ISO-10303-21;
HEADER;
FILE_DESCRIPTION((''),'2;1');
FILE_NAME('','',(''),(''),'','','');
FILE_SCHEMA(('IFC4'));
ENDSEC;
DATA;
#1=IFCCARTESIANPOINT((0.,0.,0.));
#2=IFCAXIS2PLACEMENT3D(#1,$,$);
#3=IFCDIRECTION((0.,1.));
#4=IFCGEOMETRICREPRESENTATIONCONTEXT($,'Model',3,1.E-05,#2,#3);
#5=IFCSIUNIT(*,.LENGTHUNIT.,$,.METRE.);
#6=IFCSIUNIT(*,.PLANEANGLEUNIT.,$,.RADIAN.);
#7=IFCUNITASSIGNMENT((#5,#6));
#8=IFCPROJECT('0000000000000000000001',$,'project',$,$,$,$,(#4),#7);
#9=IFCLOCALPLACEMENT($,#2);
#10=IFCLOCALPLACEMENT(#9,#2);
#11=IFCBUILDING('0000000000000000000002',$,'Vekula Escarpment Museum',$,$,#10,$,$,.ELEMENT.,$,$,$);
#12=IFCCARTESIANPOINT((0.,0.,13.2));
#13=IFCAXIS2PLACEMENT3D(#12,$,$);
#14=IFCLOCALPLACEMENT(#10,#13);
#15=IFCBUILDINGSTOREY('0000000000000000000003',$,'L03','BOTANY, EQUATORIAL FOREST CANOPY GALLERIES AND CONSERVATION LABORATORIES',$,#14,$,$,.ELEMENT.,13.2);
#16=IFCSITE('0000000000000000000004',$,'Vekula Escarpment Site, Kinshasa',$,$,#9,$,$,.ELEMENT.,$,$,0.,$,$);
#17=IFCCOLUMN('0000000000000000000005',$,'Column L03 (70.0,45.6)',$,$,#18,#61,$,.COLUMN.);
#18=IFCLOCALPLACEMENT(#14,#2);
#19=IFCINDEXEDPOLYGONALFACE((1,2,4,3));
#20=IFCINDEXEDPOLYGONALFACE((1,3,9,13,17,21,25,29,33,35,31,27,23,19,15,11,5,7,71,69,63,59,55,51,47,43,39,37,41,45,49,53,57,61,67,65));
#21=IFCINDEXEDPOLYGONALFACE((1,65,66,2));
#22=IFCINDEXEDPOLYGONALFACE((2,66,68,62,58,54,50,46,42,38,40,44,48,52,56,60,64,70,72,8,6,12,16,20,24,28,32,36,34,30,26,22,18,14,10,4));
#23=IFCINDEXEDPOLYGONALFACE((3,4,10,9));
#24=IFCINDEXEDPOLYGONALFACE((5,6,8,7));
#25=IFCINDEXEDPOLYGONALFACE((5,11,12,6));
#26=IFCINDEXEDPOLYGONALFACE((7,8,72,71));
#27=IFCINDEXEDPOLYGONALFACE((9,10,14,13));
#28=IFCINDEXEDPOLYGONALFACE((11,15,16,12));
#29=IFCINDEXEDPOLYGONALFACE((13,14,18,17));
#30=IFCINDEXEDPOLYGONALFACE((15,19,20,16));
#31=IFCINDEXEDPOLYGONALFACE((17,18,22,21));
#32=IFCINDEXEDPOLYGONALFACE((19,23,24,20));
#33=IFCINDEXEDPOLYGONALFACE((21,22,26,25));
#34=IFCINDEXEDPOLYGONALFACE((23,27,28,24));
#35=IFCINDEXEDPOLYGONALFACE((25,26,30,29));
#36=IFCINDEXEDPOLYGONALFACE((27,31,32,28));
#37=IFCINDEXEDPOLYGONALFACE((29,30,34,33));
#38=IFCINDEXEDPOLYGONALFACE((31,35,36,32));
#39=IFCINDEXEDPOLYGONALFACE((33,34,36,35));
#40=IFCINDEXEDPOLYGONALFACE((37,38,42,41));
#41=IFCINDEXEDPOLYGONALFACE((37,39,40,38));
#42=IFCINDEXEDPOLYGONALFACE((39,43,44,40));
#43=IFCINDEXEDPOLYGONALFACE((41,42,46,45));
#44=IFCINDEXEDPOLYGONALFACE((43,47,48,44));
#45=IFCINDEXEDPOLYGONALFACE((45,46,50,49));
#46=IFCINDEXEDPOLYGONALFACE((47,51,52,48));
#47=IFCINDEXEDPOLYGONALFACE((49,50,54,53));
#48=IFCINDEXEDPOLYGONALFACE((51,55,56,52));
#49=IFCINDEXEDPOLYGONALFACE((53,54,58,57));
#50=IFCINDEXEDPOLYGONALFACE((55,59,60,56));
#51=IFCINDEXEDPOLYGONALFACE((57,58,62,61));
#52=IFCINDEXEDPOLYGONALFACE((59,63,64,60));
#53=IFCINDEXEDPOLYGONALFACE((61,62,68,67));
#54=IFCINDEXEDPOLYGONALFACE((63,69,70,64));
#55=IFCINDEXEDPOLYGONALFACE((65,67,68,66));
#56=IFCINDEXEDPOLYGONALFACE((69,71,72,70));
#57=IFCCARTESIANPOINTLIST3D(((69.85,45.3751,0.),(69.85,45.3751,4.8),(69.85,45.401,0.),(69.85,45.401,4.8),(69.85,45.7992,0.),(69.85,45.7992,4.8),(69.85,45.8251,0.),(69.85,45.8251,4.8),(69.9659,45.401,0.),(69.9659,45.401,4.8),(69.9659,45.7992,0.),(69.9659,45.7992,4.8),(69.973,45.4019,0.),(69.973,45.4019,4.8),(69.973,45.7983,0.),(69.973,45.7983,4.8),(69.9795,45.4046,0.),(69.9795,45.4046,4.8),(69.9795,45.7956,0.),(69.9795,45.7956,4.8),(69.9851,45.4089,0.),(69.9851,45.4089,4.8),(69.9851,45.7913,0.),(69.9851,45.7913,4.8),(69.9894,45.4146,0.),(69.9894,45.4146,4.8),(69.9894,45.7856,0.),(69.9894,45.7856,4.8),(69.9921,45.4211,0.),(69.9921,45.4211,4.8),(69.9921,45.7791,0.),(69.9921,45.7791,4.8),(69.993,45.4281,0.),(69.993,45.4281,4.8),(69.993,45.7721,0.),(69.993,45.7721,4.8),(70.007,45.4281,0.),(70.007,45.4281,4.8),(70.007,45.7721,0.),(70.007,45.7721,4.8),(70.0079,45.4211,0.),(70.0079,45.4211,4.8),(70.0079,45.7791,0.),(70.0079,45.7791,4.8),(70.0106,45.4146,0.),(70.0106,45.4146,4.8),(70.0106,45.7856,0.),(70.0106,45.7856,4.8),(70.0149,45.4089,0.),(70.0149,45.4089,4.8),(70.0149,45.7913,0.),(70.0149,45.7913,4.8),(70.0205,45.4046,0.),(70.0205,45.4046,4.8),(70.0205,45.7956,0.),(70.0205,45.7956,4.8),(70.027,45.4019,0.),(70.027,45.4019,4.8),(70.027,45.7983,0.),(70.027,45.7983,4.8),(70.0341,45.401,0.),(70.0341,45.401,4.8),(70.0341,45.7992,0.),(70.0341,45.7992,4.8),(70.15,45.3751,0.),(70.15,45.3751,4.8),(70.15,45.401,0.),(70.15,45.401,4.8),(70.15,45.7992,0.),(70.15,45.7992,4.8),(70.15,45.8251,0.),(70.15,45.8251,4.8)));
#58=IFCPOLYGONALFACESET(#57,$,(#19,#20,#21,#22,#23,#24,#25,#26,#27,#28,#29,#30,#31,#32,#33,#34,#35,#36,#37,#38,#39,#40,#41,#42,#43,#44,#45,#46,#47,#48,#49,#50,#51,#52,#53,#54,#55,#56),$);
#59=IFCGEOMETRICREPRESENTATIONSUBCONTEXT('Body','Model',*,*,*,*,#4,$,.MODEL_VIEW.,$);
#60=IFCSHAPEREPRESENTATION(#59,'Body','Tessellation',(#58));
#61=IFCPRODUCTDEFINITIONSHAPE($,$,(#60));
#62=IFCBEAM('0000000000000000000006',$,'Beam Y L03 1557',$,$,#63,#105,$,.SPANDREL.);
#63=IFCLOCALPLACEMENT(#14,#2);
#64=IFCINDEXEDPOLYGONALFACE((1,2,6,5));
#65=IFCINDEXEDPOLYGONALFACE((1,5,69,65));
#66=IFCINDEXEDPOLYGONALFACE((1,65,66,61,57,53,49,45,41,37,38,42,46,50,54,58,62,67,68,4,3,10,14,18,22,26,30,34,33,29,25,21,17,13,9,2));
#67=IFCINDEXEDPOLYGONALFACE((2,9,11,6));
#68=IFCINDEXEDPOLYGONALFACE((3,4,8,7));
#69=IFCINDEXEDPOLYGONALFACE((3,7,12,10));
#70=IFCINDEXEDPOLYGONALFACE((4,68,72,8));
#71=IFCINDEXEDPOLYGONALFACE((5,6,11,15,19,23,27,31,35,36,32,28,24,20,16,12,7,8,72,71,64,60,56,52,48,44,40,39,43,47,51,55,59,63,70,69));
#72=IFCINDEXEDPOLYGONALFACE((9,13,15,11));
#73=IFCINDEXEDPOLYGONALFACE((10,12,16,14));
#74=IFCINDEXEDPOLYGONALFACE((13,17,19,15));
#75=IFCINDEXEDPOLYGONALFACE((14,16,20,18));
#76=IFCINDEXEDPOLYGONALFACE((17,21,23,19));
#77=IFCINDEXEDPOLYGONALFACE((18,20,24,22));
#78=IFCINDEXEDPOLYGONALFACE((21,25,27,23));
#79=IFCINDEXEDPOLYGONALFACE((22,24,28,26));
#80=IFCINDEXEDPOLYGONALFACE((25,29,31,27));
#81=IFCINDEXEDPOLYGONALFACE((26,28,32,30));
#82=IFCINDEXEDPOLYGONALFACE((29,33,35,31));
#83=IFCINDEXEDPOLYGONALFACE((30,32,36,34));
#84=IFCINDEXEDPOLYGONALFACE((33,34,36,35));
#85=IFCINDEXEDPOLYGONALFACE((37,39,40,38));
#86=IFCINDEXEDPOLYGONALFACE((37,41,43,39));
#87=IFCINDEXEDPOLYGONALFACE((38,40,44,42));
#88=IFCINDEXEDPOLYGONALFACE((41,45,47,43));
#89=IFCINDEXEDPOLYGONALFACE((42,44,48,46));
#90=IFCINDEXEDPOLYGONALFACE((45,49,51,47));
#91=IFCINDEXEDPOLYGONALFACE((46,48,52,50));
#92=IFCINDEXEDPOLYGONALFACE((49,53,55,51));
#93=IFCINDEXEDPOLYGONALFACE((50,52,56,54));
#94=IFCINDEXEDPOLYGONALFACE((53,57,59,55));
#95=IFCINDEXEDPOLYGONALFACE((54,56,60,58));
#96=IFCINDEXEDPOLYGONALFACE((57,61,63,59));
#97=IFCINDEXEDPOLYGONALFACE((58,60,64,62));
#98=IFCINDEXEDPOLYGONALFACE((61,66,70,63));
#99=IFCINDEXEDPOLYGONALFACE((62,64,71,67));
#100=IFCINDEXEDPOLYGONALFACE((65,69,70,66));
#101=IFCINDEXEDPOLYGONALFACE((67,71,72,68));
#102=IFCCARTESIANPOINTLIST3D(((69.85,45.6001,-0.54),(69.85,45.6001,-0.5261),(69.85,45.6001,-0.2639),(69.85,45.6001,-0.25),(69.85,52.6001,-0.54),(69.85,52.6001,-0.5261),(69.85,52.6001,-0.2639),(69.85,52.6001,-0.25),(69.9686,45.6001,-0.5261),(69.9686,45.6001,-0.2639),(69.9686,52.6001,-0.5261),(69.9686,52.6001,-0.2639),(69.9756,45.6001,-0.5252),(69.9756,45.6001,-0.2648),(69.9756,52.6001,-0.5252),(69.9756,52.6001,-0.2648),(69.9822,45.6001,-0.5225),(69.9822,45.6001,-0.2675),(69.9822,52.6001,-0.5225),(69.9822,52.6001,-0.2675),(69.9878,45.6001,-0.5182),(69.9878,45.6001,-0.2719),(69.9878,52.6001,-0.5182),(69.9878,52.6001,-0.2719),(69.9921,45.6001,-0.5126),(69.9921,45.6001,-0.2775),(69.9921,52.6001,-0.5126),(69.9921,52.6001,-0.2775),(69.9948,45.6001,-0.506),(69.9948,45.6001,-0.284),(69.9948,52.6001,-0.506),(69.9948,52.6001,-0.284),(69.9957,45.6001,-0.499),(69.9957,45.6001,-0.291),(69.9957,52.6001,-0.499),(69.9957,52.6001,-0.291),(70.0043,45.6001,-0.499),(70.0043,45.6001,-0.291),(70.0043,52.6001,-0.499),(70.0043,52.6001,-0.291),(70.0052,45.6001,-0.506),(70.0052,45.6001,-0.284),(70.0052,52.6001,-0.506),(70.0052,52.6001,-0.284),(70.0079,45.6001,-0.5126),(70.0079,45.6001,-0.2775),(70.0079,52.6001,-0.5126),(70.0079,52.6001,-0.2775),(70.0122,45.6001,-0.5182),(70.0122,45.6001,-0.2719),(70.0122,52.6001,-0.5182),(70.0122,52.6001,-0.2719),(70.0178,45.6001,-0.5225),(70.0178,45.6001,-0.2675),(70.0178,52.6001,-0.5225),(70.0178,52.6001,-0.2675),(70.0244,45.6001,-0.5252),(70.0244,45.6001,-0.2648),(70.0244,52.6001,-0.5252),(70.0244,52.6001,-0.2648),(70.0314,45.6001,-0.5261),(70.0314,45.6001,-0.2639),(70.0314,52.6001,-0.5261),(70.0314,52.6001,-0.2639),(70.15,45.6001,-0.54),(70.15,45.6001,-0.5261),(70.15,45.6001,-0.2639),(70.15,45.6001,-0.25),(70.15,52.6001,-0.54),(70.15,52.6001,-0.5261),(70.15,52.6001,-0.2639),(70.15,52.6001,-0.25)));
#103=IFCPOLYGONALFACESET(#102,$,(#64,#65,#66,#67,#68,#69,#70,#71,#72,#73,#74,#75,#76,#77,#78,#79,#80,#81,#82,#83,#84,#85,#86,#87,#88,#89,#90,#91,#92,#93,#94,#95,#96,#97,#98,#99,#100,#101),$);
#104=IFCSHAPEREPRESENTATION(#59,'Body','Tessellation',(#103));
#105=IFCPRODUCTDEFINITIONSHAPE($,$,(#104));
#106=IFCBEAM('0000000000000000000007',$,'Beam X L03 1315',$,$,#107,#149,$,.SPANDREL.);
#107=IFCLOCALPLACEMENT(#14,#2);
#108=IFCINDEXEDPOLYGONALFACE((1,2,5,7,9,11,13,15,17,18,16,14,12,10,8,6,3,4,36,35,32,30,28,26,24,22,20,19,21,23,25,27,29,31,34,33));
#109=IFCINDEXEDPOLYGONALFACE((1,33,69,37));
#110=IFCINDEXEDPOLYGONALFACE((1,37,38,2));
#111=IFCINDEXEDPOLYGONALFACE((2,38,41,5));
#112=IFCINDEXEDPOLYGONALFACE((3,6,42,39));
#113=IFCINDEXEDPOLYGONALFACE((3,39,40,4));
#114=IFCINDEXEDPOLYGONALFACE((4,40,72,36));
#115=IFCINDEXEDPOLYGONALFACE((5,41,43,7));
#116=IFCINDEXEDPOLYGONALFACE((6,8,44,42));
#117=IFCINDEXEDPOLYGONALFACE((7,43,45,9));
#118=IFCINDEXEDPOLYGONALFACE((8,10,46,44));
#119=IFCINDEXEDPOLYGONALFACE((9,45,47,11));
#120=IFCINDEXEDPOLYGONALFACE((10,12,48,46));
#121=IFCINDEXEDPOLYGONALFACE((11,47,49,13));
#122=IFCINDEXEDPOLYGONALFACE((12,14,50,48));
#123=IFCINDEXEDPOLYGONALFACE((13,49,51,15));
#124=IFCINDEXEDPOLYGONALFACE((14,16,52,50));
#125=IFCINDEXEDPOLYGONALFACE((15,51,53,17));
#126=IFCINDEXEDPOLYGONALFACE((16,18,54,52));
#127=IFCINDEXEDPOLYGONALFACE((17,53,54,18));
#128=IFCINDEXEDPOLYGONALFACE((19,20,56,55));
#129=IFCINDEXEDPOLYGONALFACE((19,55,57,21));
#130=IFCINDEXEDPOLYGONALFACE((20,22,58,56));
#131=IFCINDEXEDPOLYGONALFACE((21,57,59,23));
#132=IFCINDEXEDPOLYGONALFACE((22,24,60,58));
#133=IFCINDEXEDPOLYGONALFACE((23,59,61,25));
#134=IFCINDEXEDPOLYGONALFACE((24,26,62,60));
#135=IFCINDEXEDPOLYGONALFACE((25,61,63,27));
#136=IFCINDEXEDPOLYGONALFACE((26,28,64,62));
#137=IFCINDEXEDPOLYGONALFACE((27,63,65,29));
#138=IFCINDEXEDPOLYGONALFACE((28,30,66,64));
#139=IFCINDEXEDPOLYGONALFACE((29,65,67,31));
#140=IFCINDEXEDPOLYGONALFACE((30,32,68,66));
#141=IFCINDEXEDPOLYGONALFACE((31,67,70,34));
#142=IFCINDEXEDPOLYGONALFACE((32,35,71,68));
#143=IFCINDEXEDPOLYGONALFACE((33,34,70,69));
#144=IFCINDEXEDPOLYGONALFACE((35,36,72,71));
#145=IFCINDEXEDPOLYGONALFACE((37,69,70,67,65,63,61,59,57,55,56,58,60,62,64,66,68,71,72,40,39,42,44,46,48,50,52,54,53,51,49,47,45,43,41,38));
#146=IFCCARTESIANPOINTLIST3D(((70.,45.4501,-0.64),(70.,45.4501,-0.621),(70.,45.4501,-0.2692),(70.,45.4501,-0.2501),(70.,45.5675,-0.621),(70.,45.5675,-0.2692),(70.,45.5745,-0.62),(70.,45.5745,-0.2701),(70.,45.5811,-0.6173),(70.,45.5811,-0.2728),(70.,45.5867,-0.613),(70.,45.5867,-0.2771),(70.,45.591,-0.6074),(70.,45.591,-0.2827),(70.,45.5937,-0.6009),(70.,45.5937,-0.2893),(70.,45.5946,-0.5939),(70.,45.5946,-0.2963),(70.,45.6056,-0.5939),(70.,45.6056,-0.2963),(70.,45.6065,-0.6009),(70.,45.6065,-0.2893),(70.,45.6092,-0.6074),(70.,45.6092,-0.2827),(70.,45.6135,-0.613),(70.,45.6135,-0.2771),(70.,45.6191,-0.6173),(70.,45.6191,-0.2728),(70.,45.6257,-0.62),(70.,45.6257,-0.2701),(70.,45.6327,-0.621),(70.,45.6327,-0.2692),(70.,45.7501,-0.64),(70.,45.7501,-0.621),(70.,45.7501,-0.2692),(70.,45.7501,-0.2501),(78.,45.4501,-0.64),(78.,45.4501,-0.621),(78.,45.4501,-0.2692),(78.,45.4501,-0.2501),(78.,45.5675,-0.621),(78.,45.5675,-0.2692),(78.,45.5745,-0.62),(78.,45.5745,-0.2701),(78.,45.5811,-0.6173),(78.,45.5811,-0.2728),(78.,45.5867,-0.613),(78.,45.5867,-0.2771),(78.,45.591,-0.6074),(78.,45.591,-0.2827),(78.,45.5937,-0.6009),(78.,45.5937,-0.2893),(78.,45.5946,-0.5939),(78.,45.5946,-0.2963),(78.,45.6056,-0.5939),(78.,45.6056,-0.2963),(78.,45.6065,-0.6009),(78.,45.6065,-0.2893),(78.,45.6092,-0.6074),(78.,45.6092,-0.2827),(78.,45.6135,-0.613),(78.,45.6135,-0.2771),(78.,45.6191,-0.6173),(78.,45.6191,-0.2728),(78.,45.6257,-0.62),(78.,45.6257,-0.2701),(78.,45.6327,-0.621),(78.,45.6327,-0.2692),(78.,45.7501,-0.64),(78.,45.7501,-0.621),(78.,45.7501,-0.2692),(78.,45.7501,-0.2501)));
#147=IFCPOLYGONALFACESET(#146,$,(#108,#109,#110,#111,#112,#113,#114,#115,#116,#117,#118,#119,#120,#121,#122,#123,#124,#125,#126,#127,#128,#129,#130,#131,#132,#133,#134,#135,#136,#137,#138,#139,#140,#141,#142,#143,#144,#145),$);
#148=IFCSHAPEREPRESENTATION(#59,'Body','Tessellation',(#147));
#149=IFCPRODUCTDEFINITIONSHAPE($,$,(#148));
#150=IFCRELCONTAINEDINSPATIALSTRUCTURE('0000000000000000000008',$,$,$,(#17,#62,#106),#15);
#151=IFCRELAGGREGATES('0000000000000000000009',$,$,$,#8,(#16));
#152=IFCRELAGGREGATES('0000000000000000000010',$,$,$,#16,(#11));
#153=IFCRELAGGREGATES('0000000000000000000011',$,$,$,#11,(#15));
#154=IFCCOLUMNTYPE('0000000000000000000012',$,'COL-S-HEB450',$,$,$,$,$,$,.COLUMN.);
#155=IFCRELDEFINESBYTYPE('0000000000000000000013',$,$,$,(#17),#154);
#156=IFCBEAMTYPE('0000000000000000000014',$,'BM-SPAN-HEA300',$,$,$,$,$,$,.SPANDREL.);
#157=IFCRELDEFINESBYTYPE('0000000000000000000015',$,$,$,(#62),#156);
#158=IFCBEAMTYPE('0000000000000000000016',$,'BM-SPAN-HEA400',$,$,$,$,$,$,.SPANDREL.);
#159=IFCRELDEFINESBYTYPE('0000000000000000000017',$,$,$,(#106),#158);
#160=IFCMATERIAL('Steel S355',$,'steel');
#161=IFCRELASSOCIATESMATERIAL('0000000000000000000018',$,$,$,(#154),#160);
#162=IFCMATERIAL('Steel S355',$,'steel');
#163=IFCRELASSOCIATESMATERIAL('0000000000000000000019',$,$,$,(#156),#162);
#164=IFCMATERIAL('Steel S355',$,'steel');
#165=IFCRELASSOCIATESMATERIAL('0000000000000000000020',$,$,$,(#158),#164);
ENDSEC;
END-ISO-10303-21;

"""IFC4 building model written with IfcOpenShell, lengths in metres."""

from ifc_helpers import new_model, si_unit, direction, frame, origin, origin_2d, place, context, subcontext, project, spatial, i_section, extrude, material, material_profile, profile_set, type_object, element, save


model = new_model("IFC4")

# Units and contexts
model_context = context("Model", 3, precision=1e-05, world=origin(), true_north=direction((0.0, 1.0)))
body_context = subcontext(model_context, "Body", "Model", "MODEL_VIEW")
ifc_project = project(units=[si_unit("LENGTHUNIT", "METRE"), si_unit("PLANEANGLEUNIT", "RADIAN")], contexts=[model_context])

# Site, building, storey
site_placement = place(None, origin())
site = spatial("IfcSite", under=ifc_project, at=site_placement, Name="Vekula Escarpment Site, Kinshasa", CompositionType="ELEMENT", RefElevation=0.0)
building_placement = place(site_placement, origin())
building = spatial("IfcBuilding", under=site, at=building_placement, Name="Vekula Escarpment Museum", CompositionType="ELEMENT")
storey_placement = place(building_placement, frame((0.0, 0.0, 13.2)))
storey = spatial("IfcBuildingStorey", under=building, at=storey_placement, Name="L03", Description="BOTANY, EQUATORIAL FOREST CANOPY GALLERIES AND CONSERVATION LABORATORIES", CompositionType="ELEMENT", Elevation=13.2)

# Column
ifc_material_1 = material(Name="Steel S355", Category="steel")
ifc_material_profile_1 = material_profile(ifc_material_1, i_section(OverallWidth=0.3, OverallDepth=0.45, WebThickness=0.0139, FlangeThickness=0.0259, FilletRadius=0.0271, at=origin_2d()), Name="HEB 450")
ifc_profile_set_1 = profile_set([ifc_material_profile_1], Name="Steel S355")
column_type = type_object("IfcColumnType", Name="COL-S-HEB450", PredefinedType="COLUMN", material=ifc_profile_set_1)
column_placement = place(storey_placement, frame((70.0, 45.6001, 0.0), z_axis=(0.0, 0.0, 1.0), x_axis=(1.0, 0.0, 0.0)))
element("IfcColumn", 1, at=column_placement, inside=storey, type_object=column_type, Name="Column L03 (70.0,45.6)", PredefinedType="COLUMN", context=body_context, shape_type="SweptSolid", body=[
    extrude(i_section(OverallWidth=0.3, OverallDepth=0.45, WebThickness=0.0139, FlangeThickness=0.0259, FilletRadius=0.0271, at=origin_2d()), origin(), (0.0, 0.0, 1.0), 4.8),
])

# Beams
ifc_material_2 = material(Name="Steel S355", Category="steel")
ifc_material_profile_2 = material_profile(ifc_material_2, i_section(OverallWidth=0.3, OverallDepth=0.29, WebThickness=0.0085, FlangeThickness=0.0139, FilletRadius=0.0271, at=origin_2d()), Name="HEA 300")
ifc_profile_set_2 = profile_set([ifc_material_profile_2], Name="Steel S355")
beam_type_1 = type_object("IfcBeamType", Name="BM-SPAN-HEA300", PredefinedType="SPANDREL", material=ifc_profile_set_2)
beam_1_placement = place(storey_placement, frame((70.0, 45.6001, -0.395), z_axis=(0.0, 1.0, 0.0), x_axis=(-1.0, 0.0, 0.0)))
element("IfcBeam", 2, at=beam_1_placement, inside=storey, type_object=beam_type_1, Name="Beam Y L03 1557", PredefinedType="SPANDREL", context=body_context, shape_type="SweptSolid", body=[
    extrude(i_section(OverallWidth=0.3, OverallDepth=0.29, WebThickness=0.0085, FlangeThickness=0.0139, FilletRadius=0.0271, at=origin_2d()), origin(), (0.0, 0.0, 1.0), 7.0),
])
ifc_material_3 = material(Name="Steel S355", Category="steel")
ifc_material_profile_3 = material_profile(ifc_material_3, i_section(OverallWidth=0.3, OverallDepth=0.3899, WebThickness=0.011, FlangeThickness=0.019, FilletRadius=0.0271, at=origin_2d()), Name="HEA 400")
ifc_profile_set_3 = profile_set([ifc_material_profile_3], Name="Steel S355")
beam_type_2 = type_object("IfcBeamType", Name="BM-SPAN-HEA400", PredefinedType="SPANDREL", material=ifc_profile_set_3)
beam_2_placement = place(storey_placement, frame((70.0, 45.6001, -0.4451), z_axis=(1.0, 0.0, 0.0), x_axis=(0.0, 1.0, 0.0)))
element("IfcBeam", 3, at=beam_2_placement, inside=storey, type_object=beam_type_2, Name="Beam X L03 1315", PredefinedType="SPANDREL", context=body_context, shape_type="SweptSolid", body=[
    extrude(i_section(OverallWidth=0.3, OverallDepth=0.3899, WebThickness=0.011, FlangeThickness=0.019, FilletRadius=0.0271, at=origin_2d()), origin(), (0.0, 0.0, 1.0), 8.0),
])

save(model, "model.ifc")
